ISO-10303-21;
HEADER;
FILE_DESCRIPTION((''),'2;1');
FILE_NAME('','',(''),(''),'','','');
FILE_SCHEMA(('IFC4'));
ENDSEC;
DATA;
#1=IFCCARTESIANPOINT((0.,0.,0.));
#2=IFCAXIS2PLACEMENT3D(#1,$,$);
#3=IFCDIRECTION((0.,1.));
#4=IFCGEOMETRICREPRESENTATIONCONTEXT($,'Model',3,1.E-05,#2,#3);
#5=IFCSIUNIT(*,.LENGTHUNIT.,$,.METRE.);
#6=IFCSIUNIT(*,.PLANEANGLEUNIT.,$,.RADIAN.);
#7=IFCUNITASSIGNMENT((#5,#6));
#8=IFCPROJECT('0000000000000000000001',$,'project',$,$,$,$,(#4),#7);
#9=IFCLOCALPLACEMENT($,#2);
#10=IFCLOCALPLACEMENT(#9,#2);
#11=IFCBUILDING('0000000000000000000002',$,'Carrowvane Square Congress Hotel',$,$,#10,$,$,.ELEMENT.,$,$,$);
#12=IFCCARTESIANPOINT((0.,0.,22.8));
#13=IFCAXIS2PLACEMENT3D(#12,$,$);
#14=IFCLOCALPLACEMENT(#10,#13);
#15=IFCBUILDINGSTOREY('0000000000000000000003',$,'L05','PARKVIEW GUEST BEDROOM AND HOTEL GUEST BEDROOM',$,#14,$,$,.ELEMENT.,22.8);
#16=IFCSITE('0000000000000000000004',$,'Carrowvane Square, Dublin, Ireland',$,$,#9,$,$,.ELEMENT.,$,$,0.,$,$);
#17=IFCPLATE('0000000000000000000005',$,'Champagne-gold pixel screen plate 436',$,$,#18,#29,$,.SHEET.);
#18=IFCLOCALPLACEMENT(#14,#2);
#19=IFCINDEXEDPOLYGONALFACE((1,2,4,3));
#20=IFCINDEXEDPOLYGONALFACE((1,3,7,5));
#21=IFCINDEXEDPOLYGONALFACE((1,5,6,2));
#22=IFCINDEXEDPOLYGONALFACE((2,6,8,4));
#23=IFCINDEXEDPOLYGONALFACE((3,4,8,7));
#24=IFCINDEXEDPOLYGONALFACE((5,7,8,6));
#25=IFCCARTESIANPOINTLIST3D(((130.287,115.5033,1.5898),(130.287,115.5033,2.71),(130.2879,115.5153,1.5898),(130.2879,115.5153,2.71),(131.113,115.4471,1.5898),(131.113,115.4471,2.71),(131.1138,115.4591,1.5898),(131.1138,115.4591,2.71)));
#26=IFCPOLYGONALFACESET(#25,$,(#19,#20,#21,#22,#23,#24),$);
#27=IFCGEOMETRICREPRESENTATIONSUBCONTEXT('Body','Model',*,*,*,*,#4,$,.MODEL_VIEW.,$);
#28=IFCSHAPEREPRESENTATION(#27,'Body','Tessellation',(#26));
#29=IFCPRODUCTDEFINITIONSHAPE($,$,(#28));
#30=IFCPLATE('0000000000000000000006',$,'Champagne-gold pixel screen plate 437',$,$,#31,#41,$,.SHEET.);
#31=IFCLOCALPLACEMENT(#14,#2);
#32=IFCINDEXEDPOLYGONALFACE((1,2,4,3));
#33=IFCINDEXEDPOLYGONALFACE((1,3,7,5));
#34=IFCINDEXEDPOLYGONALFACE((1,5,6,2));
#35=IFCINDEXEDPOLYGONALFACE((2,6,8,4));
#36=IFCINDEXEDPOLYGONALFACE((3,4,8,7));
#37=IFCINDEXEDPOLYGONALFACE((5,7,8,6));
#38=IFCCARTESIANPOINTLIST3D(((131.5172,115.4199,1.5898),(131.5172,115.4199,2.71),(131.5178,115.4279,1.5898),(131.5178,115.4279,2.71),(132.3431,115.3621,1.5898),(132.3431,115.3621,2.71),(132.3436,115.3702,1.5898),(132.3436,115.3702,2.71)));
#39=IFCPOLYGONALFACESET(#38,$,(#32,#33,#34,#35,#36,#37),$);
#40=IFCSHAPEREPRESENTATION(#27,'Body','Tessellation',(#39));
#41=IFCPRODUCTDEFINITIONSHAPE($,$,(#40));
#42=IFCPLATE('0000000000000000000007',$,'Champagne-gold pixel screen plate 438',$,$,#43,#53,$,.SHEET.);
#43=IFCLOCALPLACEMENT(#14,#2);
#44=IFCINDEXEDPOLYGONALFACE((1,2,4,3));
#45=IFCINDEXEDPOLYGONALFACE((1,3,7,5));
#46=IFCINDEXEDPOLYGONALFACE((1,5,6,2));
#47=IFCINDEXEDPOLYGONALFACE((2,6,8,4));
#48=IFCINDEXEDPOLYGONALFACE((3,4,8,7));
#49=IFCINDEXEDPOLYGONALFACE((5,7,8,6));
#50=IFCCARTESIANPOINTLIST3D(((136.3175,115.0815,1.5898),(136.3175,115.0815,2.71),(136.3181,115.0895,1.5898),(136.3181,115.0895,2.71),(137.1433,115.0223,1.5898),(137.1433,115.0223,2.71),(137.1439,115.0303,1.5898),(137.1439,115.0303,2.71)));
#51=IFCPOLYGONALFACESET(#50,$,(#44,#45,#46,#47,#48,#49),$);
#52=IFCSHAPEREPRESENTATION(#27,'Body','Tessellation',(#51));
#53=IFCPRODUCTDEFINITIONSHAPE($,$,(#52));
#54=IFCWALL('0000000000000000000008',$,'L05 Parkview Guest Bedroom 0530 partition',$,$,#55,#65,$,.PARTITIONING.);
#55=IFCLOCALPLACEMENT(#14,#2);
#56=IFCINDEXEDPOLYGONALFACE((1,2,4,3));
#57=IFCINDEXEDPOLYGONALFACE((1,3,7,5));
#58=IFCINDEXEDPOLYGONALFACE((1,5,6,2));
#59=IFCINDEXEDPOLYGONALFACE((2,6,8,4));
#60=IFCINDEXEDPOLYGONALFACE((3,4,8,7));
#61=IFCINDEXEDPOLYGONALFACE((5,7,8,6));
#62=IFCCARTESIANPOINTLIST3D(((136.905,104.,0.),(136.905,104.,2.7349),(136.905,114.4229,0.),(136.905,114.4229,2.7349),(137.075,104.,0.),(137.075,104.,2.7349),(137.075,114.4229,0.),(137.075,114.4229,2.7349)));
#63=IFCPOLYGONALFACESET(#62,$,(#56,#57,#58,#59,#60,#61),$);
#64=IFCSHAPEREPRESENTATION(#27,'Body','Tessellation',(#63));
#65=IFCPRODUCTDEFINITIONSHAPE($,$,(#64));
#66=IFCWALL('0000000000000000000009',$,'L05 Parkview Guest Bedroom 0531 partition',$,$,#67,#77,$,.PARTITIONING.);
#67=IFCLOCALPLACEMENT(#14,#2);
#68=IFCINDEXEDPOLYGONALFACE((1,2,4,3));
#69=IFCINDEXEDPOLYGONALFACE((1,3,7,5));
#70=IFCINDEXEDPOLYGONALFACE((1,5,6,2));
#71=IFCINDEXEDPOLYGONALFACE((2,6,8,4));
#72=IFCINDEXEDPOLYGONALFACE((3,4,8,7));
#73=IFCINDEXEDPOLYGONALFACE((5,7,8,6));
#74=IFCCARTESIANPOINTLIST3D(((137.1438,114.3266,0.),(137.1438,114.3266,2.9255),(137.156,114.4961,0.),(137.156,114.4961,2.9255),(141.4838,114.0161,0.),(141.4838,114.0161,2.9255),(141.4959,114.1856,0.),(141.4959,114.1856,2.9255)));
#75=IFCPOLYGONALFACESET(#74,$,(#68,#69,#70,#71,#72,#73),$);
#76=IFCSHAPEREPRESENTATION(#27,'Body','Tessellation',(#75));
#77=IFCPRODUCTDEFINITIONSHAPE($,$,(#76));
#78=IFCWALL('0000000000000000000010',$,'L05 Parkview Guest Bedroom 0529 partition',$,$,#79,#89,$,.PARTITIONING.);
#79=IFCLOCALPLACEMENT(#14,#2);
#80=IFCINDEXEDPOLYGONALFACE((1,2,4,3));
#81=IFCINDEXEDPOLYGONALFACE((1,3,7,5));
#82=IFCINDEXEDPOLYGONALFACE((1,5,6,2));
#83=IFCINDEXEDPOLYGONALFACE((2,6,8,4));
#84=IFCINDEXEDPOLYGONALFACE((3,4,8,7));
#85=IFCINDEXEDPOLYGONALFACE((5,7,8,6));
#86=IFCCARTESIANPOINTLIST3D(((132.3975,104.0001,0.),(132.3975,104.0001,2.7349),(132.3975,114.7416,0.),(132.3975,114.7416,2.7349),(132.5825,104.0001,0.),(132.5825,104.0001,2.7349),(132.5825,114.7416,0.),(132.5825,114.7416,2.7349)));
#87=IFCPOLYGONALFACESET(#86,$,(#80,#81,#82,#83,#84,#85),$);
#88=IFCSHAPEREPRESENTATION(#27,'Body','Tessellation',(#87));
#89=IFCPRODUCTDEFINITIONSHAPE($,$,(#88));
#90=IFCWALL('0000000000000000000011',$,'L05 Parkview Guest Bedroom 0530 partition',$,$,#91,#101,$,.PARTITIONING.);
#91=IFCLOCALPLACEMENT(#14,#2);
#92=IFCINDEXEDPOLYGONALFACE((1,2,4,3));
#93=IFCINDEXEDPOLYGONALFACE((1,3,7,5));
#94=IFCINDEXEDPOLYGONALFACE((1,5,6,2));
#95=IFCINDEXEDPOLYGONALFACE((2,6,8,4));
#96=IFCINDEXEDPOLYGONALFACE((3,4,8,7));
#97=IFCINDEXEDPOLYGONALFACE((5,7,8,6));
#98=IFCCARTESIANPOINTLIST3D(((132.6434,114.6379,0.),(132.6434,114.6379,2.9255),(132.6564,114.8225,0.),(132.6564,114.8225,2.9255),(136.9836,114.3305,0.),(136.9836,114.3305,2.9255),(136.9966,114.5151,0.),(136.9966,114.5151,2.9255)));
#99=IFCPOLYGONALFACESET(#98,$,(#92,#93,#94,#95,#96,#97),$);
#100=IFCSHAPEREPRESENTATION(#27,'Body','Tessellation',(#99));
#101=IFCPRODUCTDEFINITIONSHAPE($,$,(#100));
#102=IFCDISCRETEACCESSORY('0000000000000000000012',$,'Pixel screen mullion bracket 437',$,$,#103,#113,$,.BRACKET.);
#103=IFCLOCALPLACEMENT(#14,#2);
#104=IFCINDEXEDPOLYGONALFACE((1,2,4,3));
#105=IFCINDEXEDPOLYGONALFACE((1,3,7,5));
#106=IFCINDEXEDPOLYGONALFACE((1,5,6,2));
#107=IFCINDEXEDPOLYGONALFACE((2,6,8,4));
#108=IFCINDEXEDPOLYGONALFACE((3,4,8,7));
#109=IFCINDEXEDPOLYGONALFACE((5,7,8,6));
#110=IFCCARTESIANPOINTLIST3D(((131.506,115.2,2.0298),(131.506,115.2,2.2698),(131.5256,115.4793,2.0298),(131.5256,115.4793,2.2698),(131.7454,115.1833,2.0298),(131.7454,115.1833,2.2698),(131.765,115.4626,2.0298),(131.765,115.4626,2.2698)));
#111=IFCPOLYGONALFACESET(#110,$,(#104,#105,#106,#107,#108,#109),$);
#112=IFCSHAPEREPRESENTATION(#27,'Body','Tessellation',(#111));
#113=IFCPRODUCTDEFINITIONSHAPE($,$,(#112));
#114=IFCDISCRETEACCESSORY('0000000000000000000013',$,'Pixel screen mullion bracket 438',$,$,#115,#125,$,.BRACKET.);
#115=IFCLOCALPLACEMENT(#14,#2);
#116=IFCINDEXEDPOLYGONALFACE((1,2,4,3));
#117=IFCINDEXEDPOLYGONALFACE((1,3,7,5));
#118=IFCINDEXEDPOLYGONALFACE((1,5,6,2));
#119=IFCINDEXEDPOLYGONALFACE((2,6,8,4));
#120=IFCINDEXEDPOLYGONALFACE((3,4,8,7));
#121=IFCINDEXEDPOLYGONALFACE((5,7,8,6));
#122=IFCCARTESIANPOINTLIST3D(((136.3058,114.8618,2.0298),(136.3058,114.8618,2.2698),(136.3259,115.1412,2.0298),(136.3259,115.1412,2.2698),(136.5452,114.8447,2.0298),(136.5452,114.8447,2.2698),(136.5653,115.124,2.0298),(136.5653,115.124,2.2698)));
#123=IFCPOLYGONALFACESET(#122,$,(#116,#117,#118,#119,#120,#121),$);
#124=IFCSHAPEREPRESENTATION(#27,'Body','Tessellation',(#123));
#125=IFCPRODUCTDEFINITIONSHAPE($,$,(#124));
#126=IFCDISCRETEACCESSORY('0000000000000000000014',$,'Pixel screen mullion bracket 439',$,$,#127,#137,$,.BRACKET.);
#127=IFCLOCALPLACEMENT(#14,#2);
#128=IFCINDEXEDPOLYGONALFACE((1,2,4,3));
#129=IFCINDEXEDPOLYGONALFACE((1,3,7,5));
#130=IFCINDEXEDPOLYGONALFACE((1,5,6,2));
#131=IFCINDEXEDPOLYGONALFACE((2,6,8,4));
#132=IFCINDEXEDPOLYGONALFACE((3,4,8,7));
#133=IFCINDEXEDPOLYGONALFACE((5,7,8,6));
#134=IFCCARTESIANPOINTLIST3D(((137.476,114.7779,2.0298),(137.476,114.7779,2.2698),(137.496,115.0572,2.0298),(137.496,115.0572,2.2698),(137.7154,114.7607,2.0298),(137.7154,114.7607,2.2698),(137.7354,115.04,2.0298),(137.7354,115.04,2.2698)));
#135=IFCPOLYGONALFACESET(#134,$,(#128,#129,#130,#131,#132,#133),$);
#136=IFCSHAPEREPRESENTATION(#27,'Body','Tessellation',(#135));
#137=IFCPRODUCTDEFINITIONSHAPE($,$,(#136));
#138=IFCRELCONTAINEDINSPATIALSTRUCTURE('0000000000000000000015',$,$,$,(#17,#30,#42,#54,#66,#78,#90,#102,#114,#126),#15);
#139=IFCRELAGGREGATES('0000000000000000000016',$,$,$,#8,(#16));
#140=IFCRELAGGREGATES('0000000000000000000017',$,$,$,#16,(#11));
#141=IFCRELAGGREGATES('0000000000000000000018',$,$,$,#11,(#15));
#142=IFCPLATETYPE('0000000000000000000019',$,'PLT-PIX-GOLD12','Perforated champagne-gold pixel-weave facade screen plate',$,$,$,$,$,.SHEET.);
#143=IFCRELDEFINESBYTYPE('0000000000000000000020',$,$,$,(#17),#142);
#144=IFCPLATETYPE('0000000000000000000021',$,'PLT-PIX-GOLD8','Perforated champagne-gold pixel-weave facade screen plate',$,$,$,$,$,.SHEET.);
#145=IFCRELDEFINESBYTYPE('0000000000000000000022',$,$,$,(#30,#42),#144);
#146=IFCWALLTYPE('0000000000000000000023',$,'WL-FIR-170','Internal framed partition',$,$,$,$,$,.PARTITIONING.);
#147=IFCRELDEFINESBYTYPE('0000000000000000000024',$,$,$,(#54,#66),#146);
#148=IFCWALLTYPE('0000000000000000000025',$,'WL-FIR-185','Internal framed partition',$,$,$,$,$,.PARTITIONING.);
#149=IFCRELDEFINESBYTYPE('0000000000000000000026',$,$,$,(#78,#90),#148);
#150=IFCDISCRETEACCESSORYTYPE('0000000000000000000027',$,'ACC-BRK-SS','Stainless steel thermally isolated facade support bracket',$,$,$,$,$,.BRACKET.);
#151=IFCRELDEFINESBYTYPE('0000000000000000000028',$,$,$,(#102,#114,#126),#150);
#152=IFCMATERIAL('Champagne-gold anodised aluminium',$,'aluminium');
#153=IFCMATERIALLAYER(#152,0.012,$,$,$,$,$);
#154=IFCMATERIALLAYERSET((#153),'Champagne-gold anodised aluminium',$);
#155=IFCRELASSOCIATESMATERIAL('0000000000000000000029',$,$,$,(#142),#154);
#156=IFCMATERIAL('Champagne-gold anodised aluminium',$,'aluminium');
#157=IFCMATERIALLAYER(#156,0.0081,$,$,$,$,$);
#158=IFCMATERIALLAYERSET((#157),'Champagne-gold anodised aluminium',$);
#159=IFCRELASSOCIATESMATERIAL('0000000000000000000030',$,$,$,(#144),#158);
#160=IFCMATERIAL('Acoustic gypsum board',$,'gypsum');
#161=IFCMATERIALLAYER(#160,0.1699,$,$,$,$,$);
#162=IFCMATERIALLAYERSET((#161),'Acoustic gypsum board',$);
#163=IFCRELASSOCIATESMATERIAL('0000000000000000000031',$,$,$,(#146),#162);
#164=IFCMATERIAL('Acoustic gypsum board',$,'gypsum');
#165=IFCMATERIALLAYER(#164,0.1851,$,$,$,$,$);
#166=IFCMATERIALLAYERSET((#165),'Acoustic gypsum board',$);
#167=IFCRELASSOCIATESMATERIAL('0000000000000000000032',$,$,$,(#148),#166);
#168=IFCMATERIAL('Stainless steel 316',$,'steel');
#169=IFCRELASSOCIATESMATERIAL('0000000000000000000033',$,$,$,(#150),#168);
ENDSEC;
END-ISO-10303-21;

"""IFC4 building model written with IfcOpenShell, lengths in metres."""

from ifc_helpers import new_model, si_unit, direction, frame, frame_2d, origin, origin_2d, place, context, subcontext, project, spatial, rectangle, extrude, material, layer, layer_set, type_object, element, save


model = new_model("IFC4")

# Units and contexts
model_context = context("Model", 3, precision=1e-05, world=origin(), true_north=direction((0.0, 1.0)))
body_context = subcontext(model_context, "Body", "Model", "MODEL_VIEW")
ifc_project = project(units=[si_unit("LENGTHUNIT", "METRE"), si_unit("PLANEANGLEUNIT", "RADIAN")], contexts=[model_context])

# Site, building, storey
site_placement = place(None, origin())
site = spatial("IfcSite", under=ifc_project, at=site_placement, Name="Carrowvane Square, Dublin, Ireland", CompositionType="ELEMENT", RefElevation=0.0)
building_placement = place(site_placement, origin())
building = spatial("IfcBuilding", under=site, at=building_placement, Name="Carrowvane Square Congress Hotel", CompositionType="ELEMENT")
storey_placement = place(building_placement, frame((0.0, 0.0, 22.8)))
storey = spatial("IfcBuildingStorey", under=building, at=storey_placement, Name="L05", Description="PARKVIEW GUEST BEDROOM AND HOTEL GUEST BEDROOM", CompositionType="ELEMENT", Elevation=22.8)

# Plates
ifc_material_1 = material(Name="Champagne-gold anodised aluminium", Category="aluminium")
ifc_layer_1 = layer(ifc_material_1, 0.012)
ifc_layer_set_1 = layer_set([ifc_layer_1], Name="Champagne-gold anodised aluminium")
plate_type_1 = type_object("IfcPlateType", Name="PLT-PIX-GOLD12", Description="Perforated champagne-gold pixel-weave facade screen plate", PredefinedType="SHEET", material=ifc_layer_set_1)
plate_1_placement = place(storey_placement, frame((130.7004, 115.4812, 1.5898), z_axis=(0.0, 0.0, 1.0), x_axis=(0.997694, -0.067866, 0.0)))
element("IfcPlate", 1, at=plate_1_placement, inside=storey, type_object=plate_type_1, Name="Champagne-gold pixel screen plate 436", PredefinedType="SHEET", context=body_context, shape_type="SweptSolid", body=[
    extrude(rectangle(XDim=0.8279, YDim=0.012, at=origin_2d()), origin(), (0.0, 0.0, 1.0), 1.1201),
])
ifc_material_2 = material(Name="Champagne-gold anodised aluminium", Category="aluminium")
ifc_layer_2 = layer(ifc_material_2, 0.0081)
ifc_layer_set_2 = layer_set([ifc_layer_2], Name="Champagne-gold anodised aluminium")
plate_type_2 = type_object("IfcPlateType", Name="PLT-PIX-GOLD8", Description="Perforated champagne-gold pixel-weave facade screen plate", PredefinedType="SHEET", material=ifc_layer_set_2)
for number, where, z_axis, x_axis, name in (
    (2, (131.9304, 115.395, 1.5898), (0.0, 0.0, 1.0), (0.997566, -0.069725, 0.0), "Champagne-gold pixel screen plate 437"),
    (3, (136.7307, 115.0559, 1.5898), (0.0, 0.0, 1.0), (0.997438, -0.071533, 0.0), "Champagne-gold pixel screen plate 438"),
):
    element("IfcPlate", number, at=place(storey_placement, frame(where, z_axis=z_axis, x_axis=x_axis)), inside=storey, type_object=plate_type_2, Name=name, PredefinedType="SHEET", context=body_context, shape_type="SweptSolid", body=[
        extrude(rectangle(XDim=0.8279, YDim=0.0081, at=origin_2d()), origin(), (0.0, 0.0, 1.0), 1.1201),
    ])

# Walls
ifc_material_3 = material(Name="Acoustic gypsum board", Category="gypsum")
ifc_layer_3 = layer(ifc_material_3, 0.1699)
ifc_layer_set_3 = layer_set([ifc_layer_3], Name="Acoustic gypsum board")
wall_type_1 = type_object("IfcWallType", Name="WL-FIR-170", Description="Internal framed partition", PredefinedType="PARTITIONING", material=ifc_layer_set_3)
wall_1_placement = place(storey_placement, frame((136.99, 114.4229, 0.0), z_axis=(0.0, 0.0, 1.0), x_axis=(0.0, -1.0, 0.0)))
element("IfcWall", 4, at=wall_1_placement, inside=storey, type_object=wall_type_1, Name="L05 Parkview Guest Bedroom 0530 partition", PredefinedType="PARTITIONING", context=body_context, shape_type="SweptSolid", body=[
    extrude(rectangle(XDim=10.4229, YDim=0.1699, at=frame_2d((5.2114, 0.0))), origin(), (0.0, 0.0, 1.0), 2.7349),
])
wall_2_placement = place(storey_placement, frame((137.1499, 114.4114, 0.0), z_axis=(0.0, 0.0, 1.0), x_axis=(0.99745, -0.071371, 0.0)))
element("IfcWall", 5, at=wall_2_placement, inside=storey, type_object=wall_type_1, Name="L05 Parkview Guest Bedroom 0531 partition", PredefinedType="PARTITIONING", context=body_context, shape_type="SweptSolid", body=[
    extrude(rectangle(XDim=4.3511, YDim=0.1699, at=frame_2d((2.1755, 0.0))), origin(), (0.0, 0.0, 1.0), 2.9255),
])
ifc_material_4 = material(Name="Acoustic gypsum board", Category="gypsum")
ifc_layer_4 = layer(ifc_material_4, 0.1851)
ifc_layer_set_4 = layer_set([ifc_layer_4], Name="Acoustic gypsum board")
wall_type_2 = type_object("IfcWallType", Name="WL-FIR-185", Description="Internal framed partition", PredefinedType="PARTITIONING", material=ifc_layer_set_4)
wall_3_placement = place(storey_placement, frame((132.49, 114.7415, 0.0), z_axis=(0.0, 0.0, 1.0), x_axis=(0.0, -1.0, 0.0)))
element("IfcWall", 6, at=wall_3_placement, inside=storey, type_object=wall_type_2, Name="L05 Parkview Guest Bedroom 0529 partition", PredefinedType="PARTITIONING", context=body_context, shape_type="SweptSolid", body=[
    extrude(rectangle(XDim=10.7415, YDim=0.1851, at=frame_2d((5.3706, 0.0))), origin(), (0.0, 0.0, 1.0), 2.7349),
])
wall_4_placement = place(storey_placement, frame((132.6499, 114.7302, 0.0), z_axis=(0.0, 0.0, 1.0), x_axis=(0.997502, -0.070645, 0.0)))
element("IfcWall", 7, at=wall_4_placement, inside=storey, type_object=wall_type_2, Name="L05 Parkview Guest Bedroom 0530 partition", PredefinedType="PARTITIONING", context=body_context, shape_type="SweptSolid", body=[
    extrude(rectangle(XDim=4.3511, YDim=0.1851, at=frame_2d((2.1755, 0.0))), origin(), (0.0, 0.0, 1.0), 2.9255),
])

# Discrete accessories
ifc_material_5 = material(Name="Stainless steel 316", Category="steel")
discrete_accessory_type = type_object("IfcDiscreteAccessoryType", Name="ACC-BRK-SS", Description="Stainless steel thermally isolated facade support bracket", PredefinedType="BRACKET", material=ifc_material_5)
for number, where, z_axis, x_axis, name in (
    (8, (131.6355, 115.3313, 2.0298), (0.0, 0.0, 1.0), (0.997566, -0.069725, 0.0), "Pixel screen mullion bracket 437"),
    (9, (136.4355, 114.9929, 2.0298), (0.0, 0.0, 1.0), (0.997438, -0.071533, 0.0), "Pixel screen mullion bracket 438"),
    (10, (137.6057, 114.9089, 2.0298), (0.0, 0.0, 1.0), (0.997438, -0.071533, 0.0), "Pixel screen mullion bracket 439"),
):
    element("IfcDiscreteAccessory", number, at=place(storey_placement, frame(where, z_axis=z_axis, x_axis=x_axis)), inside=storey, type_object=discrete_accessory_type, Name=name, PredefinedType="BRACKET", context=body_context, shape_type="SweptSolid", body=[
        extrude(rectangle(XDim=0.24, YDim=0.28, at=origin_2d()), origin(), (0.0, 0.0, 1.0), 0.24),
    ])

save(model, "model.ifc")
